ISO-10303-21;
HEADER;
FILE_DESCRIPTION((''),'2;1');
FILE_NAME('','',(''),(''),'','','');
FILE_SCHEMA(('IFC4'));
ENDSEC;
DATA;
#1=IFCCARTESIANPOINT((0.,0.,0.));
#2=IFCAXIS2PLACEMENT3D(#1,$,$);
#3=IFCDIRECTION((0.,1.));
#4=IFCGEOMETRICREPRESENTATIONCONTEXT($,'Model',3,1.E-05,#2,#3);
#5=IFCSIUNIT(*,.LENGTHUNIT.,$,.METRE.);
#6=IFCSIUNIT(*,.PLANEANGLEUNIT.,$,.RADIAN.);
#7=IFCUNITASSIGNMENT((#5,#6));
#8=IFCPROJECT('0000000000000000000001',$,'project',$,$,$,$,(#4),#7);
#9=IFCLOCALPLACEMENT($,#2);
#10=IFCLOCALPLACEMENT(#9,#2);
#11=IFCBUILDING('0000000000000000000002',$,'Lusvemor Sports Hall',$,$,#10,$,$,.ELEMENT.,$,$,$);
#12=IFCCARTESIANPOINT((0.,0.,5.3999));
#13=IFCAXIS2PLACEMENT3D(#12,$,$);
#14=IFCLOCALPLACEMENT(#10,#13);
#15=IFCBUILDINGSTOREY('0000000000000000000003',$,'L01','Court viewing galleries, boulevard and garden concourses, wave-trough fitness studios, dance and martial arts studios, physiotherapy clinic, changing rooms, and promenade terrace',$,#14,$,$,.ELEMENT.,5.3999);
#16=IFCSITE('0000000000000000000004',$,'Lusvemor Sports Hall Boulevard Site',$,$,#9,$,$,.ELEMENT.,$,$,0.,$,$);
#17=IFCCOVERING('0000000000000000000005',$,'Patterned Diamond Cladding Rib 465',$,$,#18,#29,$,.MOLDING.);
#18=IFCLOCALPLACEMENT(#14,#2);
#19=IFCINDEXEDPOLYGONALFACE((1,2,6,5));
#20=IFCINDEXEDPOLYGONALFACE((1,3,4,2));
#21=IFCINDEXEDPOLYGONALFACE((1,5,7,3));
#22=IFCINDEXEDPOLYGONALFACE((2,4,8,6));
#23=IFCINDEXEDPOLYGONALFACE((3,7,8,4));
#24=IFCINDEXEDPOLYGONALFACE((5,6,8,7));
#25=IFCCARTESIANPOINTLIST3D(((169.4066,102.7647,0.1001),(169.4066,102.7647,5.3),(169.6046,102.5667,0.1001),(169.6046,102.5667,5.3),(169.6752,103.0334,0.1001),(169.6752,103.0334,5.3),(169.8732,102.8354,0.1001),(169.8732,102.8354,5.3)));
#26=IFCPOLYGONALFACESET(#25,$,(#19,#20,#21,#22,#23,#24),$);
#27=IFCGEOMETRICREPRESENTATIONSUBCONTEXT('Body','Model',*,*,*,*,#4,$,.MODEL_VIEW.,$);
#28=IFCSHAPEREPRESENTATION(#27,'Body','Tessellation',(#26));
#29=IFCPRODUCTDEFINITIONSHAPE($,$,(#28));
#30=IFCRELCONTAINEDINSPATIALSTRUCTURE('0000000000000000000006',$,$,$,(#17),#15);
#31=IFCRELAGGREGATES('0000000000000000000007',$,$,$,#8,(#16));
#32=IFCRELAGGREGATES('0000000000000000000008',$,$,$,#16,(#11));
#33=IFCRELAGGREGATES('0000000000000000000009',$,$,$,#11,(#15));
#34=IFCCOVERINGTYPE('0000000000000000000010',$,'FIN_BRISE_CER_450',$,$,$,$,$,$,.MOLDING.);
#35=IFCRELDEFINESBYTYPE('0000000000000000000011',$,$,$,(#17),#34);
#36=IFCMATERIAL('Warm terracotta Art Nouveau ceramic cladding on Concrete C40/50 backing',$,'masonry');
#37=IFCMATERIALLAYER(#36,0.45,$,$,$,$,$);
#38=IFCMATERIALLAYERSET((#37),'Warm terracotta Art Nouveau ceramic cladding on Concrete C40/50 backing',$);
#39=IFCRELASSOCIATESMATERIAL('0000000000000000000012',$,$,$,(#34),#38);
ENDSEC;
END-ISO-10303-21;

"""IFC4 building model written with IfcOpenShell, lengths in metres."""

from ifc_helpers import new_model, si_unit, direction, frame, origin, origin_2d, place, context, subcontext, project, spatial, rectangle, extrude, material, layer, layer_set, type_object, element, save


model = new_model("IFC4")

# Units and contexts
model_context = context("Model", 3, precision=1e-05, world=origin(), true_north=direction((0.0, 1.0)))
body_context = subcontext(model_context, "Body", "Model", "MODEL_VIEW")
ifc_project = project(units=[si_unit("LENGTHUNIT", "METRE"), si_unit("PLANEANGLEUNIT", "RADIAN")], contexts=[model_context])

# Site, building, storey
site_placement = place(None, origin())
site = spatial("IfcSite", under=ifc_project, at=site_placement, Name="Lusvemor Sports Hall Boulevard Site", CompositionType="ELEMENT", RefElevation=0.0)
building_placement = place(site_placement, origin())
building = spatial("IfcBuilding", under=site, at=building_placement, Name="Lusvemor Sports Hall", CompositionType="ELEMENT")
storey_placement = place(building_placement, frame((0.0, 0.0, 5.3999)))
storey = spatial("IfcBuildingStorey", under=building, at=storey_placement, Name="L01", Description="Court viewing galleries, boulevard and garden concourses, wave-trough fitness studios, dance and martial arts studios, physiotherapy clinic, changing rooms, and promenade terrace", CompositionType="ELEMENT", Elevation=5.3999)

# Covering
ifc_material_1 = material(Name="Warm terracotta Art Nouveau ceramic cladding on Concrete C40/50 backing", Category="masonry")
ifc_layer_1 = layer(ifc_material_1, 0.45)
ifc_layer_set_1 = layer_set([ifc_layer_1], Name="Warm terracotta Art Nouveau ceramic cladding on Concrete C40/50 backing")
covering_type_1 = type_object("IfcCoveringType", Name="FIN_BRISE_CER_450", PredefinedType="MOLDING", material=ifc_layer_set_1)
for number, where, z_axis, x_axis, name in (
    (1, (169.6399, 102.8, 0.1001), (0.0, 0.0, 1.0), (0.707107, 0.707107, 0.0), "Patterned Diamond Cladding Rib 465"),
):
    element("IfcCovering", number, at=place(storey_placement, frame(where, z_axis=z_axis, x_axis=x_axis)), inside=storey, type_object=covering_type_1, Name=name, PredefinedType="MOLDING", context=body_context, shape_type="SweptSolid", body=[
        extrude(rectangle(XDim=0.3799, YDim=0.28, at=origin_2d()), origin(), (0.0, 0.0, 1.0), 5.2),
    ])

save(model, "model.ifc")
